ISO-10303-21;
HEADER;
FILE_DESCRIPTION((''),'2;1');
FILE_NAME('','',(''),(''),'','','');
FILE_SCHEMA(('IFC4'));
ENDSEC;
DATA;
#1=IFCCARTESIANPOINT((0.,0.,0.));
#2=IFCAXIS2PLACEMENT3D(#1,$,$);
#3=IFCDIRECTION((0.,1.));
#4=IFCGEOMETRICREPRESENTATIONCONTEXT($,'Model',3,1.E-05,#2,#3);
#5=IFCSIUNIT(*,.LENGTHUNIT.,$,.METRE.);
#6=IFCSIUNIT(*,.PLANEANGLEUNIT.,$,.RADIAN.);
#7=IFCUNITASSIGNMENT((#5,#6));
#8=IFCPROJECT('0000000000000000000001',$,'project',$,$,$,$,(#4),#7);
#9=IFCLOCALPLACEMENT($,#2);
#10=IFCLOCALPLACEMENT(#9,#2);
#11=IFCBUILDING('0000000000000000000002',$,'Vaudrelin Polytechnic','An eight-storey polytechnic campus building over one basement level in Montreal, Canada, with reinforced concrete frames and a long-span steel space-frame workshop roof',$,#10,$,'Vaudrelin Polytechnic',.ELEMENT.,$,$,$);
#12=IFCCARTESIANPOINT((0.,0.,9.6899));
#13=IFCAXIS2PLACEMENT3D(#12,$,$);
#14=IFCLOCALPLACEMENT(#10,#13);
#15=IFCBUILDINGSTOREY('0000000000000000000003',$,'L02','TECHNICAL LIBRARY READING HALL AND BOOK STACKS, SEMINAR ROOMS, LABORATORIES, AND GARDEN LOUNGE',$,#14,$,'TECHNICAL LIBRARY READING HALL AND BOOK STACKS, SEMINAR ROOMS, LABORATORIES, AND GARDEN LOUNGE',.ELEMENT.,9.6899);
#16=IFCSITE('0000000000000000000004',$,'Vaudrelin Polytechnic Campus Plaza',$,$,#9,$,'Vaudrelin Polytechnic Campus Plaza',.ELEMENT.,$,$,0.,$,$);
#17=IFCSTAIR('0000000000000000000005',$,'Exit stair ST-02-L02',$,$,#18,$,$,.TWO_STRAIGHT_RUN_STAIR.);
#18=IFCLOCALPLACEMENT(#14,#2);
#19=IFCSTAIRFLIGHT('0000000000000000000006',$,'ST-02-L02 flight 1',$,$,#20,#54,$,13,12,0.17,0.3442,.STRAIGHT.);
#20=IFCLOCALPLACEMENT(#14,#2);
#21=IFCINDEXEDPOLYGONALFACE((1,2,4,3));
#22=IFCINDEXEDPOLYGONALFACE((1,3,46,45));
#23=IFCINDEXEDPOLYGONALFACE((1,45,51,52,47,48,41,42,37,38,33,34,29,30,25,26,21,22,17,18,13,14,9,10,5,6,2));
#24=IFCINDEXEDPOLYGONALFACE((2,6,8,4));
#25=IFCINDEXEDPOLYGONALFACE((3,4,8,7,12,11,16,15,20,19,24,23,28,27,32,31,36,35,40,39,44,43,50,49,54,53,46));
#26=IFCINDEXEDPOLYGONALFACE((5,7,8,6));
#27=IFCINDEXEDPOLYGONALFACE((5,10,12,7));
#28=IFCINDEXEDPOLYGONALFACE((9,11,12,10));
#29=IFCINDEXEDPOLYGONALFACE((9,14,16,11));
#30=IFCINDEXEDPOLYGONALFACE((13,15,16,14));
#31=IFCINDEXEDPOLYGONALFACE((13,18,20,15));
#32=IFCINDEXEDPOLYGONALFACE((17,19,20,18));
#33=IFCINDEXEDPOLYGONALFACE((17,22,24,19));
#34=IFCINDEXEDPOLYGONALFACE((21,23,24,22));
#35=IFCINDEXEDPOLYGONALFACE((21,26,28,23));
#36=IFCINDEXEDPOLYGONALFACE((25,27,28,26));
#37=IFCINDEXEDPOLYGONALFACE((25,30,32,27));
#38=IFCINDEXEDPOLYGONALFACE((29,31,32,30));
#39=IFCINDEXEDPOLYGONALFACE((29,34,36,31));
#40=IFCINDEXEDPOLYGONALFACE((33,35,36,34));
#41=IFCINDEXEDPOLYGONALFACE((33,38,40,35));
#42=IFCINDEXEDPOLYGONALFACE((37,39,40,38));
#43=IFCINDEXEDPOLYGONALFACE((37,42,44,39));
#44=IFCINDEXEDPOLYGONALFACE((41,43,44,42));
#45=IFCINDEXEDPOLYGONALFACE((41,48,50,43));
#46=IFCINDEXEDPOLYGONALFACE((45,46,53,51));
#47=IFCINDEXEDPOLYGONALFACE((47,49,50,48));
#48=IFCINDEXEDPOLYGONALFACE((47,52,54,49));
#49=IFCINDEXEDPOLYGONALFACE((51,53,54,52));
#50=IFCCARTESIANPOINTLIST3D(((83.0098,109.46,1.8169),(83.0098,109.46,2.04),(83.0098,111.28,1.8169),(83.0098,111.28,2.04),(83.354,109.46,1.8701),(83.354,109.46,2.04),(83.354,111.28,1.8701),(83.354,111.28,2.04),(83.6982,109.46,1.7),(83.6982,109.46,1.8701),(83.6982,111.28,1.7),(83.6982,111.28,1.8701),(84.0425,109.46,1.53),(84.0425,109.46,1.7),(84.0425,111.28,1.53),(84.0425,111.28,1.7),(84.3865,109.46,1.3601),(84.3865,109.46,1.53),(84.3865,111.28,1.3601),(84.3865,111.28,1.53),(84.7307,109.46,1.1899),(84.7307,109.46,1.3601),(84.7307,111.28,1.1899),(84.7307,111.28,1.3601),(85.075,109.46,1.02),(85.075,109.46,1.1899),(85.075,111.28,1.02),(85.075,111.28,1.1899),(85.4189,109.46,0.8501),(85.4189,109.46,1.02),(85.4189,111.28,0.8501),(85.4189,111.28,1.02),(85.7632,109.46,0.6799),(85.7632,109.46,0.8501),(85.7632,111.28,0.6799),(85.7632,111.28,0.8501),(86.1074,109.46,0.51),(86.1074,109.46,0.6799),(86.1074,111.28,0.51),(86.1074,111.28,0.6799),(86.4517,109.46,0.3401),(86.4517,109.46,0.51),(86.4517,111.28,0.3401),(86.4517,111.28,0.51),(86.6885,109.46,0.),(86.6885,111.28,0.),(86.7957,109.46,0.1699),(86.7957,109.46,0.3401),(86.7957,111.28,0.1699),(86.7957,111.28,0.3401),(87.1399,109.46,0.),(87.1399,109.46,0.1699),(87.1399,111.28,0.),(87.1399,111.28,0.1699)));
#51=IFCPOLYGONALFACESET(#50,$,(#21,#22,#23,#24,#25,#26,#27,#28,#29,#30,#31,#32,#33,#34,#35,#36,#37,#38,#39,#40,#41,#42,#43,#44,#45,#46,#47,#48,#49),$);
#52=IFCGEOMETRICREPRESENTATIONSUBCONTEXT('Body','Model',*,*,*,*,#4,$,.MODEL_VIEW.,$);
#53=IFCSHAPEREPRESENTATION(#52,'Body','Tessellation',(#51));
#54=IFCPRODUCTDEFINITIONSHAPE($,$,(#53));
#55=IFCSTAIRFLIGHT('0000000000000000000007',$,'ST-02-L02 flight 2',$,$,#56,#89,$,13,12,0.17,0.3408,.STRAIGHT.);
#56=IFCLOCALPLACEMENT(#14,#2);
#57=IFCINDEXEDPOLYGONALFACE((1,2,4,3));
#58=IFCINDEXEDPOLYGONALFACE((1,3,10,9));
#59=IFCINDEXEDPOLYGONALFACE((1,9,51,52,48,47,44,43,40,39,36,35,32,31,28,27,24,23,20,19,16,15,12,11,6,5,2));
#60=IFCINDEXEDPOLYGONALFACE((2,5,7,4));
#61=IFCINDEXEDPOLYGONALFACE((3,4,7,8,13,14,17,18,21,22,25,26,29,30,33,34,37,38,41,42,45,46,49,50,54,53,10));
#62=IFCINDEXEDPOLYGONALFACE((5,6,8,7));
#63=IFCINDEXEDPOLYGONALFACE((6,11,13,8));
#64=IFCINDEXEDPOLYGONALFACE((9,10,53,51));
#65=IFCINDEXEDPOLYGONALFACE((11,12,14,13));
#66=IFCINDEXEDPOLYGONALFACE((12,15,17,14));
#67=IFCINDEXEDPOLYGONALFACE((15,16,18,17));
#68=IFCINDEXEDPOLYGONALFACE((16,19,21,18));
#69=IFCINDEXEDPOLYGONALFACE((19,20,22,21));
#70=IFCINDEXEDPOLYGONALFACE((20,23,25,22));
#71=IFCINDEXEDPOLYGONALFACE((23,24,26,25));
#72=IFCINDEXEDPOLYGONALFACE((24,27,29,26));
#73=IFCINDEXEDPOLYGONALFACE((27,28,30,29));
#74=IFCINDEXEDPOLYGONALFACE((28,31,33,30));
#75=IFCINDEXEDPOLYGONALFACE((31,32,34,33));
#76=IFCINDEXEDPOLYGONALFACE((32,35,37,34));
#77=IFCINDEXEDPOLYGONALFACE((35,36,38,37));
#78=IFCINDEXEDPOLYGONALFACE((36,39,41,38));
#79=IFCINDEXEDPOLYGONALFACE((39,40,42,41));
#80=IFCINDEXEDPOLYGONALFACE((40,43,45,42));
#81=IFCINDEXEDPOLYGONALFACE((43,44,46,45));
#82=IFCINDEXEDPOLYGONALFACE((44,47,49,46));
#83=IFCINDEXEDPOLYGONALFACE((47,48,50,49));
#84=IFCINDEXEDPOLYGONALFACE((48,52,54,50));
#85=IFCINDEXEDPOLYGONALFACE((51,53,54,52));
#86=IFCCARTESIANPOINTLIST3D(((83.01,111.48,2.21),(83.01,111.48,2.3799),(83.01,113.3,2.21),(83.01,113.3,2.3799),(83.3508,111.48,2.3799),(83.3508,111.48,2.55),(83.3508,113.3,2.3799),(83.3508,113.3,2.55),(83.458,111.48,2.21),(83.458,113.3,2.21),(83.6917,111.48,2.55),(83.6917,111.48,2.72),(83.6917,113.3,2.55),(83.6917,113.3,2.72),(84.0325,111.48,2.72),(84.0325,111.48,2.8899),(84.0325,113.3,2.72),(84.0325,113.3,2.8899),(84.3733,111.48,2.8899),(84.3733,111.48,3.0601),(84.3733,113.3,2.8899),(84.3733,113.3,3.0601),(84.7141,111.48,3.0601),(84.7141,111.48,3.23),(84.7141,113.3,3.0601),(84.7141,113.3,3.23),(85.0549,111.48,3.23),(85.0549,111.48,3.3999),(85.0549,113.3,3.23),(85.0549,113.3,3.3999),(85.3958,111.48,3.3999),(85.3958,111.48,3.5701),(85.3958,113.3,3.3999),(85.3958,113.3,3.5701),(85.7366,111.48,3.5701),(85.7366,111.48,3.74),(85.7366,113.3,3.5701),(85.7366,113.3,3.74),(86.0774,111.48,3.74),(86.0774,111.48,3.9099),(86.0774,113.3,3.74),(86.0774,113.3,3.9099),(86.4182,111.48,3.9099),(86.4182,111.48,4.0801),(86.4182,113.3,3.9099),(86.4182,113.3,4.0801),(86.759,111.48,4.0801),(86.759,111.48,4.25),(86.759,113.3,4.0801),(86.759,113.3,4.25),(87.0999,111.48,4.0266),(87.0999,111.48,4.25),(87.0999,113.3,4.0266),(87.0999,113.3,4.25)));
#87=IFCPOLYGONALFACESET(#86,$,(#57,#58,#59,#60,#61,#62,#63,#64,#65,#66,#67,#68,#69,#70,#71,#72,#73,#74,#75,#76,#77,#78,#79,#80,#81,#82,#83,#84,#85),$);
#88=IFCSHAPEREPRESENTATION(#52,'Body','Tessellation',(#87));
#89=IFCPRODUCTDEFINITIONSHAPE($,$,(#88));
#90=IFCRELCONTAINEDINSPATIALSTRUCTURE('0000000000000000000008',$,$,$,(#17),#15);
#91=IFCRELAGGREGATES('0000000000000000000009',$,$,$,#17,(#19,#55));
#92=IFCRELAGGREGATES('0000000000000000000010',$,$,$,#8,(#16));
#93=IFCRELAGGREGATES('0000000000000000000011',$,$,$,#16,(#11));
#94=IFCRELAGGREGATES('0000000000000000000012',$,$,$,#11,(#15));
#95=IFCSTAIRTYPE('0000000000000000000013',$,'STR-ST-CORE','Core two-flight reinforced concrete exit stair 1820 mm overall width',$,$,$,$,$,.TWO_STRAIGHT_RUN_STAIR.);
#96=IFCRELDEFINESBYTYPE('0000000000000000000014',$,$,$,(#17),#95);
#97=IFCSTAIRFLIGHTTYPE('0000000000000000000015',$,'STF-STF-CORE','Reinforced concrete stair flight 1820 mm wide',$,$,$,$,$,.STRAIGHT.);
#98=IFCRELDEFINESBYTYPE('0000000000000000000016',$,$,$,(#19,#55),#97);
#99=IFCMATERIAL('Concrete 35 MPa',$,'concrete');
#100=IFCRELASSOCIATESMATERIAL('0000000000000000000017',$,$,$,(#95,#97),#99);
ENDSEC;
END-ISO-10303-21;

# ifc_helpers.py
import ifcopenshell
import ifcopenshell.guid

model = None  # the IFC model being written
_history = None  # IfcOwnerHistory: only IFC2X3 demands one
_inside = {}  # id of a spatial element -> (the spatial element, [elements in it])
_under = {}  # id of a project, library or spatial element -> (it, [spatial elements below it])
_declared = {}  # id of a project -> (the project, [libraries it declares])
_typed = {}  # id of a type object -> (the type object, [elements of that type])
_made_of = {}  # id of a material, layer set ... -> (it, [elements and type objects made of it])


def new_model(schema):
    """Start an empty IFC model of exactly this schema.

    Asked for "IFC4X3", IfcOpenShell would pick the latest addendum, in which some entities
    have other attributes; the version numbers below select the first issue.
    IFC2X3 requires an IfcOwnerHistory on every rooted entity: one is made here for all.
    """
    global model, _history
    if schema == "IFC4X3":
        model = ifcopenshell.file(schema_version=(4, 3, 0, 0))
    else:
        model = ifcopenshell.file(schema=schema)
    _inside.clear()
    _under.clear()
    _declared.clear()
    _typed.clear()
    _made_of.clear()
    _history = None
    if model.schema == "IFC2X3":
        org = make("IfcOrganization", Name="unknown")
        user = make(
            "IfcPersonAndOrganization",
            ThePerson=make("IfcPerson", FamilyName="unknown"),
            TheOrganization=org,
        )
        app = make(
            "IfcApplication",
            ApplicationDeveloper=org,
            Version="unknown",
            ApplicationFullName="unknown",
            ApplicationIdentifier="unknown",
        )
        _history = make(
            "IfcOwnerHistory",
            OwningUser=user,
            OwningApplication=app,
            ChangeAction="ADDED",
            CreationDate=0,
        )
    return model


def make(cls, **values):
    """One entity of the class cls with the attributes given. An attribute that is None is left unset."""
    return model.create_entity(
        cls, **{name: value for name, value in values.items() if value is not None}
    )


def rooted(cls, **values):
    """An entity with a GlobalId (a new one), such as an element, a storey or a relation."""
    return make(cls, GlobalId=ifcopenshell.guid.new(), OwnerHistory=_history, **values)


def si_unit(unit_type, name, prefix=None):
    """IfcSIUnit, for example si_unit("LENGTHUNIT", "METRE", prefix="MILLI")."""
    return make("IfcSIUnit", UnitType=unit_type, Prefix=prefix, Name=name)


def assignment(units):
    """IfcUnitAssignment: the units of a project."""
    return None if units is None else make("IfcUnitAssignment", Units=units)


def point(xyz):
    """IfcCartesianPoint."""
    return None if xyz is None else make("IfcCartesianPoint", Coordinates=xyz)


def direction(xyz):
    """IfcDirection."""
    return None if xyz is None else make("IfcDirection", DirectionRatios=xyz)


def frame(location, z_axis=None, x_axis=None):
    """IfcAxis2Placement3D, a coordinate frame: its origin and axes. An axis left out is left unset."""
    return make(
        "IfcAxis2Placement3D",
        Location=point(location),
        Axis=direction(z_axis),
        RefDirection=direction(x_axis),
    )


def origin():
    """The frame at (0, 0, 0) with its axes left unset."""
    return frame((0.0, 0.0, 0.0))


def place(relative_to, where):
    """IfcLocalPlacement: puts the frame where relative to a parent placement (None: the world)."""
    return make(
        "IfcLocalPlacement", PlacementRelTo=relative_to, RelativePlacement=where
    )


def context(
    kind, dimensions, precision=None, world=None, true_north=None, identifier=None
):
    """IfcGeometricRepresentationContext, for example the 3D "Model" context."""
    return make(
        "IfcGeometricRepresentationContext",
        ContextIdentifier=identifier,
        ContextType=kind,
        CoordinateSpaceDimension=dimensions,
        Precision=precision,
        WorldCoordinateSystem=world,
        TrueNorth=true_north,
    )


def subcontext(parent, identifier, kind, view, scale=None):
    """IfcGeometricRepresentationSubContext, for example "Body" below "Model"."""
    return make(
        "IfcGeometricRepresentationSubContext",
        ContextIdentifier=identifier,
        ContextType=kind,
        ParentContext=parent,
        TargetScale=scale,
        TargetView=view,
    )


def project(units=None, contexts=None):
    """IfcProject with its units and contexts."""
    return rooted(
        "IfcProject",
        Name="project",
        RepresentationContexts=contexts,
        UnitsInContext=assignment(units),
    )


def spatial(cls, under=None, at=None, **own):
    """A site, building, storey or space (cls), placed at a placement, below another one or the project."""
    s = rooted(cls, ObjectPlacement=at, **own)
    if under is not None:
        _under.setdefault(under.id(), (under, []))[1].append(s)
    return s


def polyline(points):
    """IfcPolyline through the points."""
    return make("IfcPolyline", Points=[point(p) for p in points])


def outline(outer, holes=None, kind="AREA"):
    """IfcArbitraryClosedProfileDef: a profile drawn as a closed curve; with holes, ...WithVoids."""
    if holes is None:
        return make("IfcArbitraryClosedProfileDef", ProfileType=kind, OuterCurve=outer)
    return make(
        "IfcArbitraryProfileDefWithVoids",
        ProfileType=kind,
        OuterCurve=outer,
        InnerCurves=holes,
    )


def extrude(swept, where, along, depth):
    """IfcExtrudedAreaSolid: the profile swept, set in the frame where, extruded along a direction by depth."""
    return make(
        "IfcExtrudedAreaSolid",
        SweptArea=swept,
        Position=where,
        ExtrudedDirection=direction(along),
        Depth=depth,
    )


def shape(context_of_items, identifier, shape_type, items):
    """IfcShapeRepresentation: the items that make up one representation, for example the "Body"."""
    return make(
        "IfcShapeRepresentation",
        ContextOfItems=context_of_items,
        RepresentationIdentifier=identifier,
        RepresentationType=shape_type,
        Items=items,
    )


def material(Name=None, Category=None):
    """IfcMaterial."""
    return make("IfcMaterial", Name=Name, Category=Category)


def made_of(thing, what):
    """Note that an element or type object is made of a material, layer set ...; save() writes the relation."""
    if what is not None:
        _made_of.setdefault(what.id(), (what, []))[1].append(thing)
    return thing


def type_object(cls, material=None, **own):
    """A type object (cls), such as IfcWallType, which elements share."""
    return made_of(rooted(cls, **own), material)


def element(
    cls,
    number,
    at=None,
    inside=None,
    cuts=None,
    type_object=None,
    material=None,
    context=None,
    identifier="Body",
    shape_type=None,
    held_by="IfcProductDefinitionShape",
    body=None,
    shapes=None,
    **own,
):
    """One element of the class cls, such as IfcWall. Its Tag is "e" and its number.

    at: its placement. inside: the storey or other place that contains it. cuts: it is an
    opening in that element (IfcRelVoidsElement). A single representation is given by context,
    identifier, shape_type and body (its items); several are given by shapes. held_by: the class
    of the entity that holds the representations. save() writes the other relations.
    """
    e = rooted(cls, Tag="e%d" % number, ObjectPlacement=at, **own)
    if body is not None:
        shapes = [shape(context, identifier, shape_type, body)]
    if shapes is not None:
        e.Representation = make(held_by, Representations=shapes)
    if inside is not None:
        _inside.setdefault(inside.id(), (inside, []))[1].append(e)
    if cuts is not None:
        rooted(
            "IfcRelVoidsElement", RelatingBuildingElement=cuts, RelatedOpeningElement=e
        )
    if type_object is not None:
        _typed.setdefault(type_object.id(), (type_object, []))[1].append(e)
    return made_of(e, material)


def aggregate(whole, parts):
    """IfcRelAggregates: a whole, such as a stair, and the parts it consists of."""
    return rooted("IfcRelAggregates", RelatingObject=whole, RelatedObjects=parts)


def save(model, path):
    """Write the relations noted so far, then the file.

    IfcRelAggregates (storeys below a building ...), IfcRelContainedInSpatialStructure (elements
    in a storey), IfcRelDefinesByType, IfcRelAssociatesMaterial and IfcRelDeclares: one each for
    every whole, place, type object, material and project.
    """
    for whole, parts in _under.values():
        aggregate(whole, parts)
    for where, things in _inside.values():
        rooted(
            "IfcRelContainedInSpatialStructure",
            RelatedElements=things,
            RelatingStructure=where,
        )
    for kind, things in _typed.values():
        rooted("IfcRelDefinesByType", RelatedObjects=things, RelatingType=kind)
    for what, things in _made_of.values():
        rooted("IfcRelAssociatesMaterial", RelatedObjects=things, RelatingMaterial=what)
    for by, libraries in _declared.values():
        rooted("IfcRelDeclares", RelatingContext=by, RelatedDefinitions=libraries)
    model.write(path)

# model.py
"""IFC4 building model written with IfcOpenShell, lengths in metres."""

from ifc_helpers import new_model, si_unit, direction, frame, origin, place, context, subcontext, project, spatial, polyline, outline, extrude, material, type_object, element, aggregate, save


model = new_model("IFC4")

# Units and contexts
model_context = context("Model", 3, precision=1e-05, world=origin(), true_north=direction((0.0, 1.0)))
body_context = subcontext(model_context, "Body", "Model", "MODEL_VIEW")
ifc_project = project(units=[si_unit("LENGTHUNIT", "METRE"), si_unit("PLANEANGLEUNIT", "RADIAN")], contexts=[model_context])

# Site, building, storey
site_placement = place(None, origin())
site = spatial("IfcSite", under=ifc_project, at=site_placement, Name="Vaudrelin Polytechnic Campus Plaza", LongName="Vaudrelin Polytechnic Campus Plaza", CompositionType="ELEMENT", RefElevation=0.0)
building_placement = place(site_placement, origin())
building = spatial("IfcBuilding", under=site, at=building_placement, Name="Vaudrelin Polytechnic", Description="An eight-storey polytechnic campus building over one basement level in Montreal, Canada, with reinforced concrete frames and a long-span steel space-frame workshop roof", LongName="Vaudrelin Polytechnic", CompositionType="ELEMENT")
storey_placement = place(building_placement, frame((0.0, 0.0, 9.6899)))
storey = spatial("IfcBuildingStorey", under=building, at=storey_placement, Name="L02", Description="TECHNICAL LIBRARY READING HALL AND BOOK STACKS, SEMINAR ROOMS, LABORATORIES, AND GARDEN LOUNGE", LongName="TECHNICAL LIBRARY READING HALL AND BOOK STACKS, SEMINAR ROOMS, LABORATORIES, AND GARDEN LOUNGE", CompositionType="ELEMENT", Elevation=9.6899)

# Stair, stair flights
ifc_material_1 = material(Name="Concrete 35 MPa", Category="concrete")
stair_type = type_object("IfcStairType", Name="STR-ST-CORE", Description="Core two-flight reinforced concrete exit stair 1820 mm overall width", PredefinedType="TWO_STRAIGHT_RUN_STAIR", material=ifc_material_1)
stair_placement = place(storey_placement, origin())
stair = element("IfcStair", 1, at=stair_placement, inside=storey, type_object=stair_type, Name="Exit stair ST-02-L02", PredefinedType="TWO_STRAIGHT_RUN_STAIR")
stair_flight_type = type_object("IfcStairFlightType", Name="STF-STF-CORE", Description="Reinforced concrete stair flight 1820 mm wide", PredefinedType="STRAIGHT", material=ifc_material_1)
stair_flight_1_placement = place(storey_placement, frame((87.1399, 110.3701, 0.0), z_axis=(0.0, 0.0, 1.0), x_axis=(-1.0, 0.0, 0.0)))
stair_flight_1 = element("IfcStairFlight", 2, at=stair_flight_1_placement, type_object=stair_flight_type, Name="ST-02-L02 flight 1", NumberOfRisers=13, NumberOfTreads=12, PredefinedType="STRAIGHT", RiserHeight=0.17, TreadLength=0.3442, context=body_context, shape_type="SweptSolid", body=[
    extrude(outline(polyline([(0.0, 0.0), (0.0, 0.1699), (0.3442, 0.1699), (0.3442, 0.3401), (0.6882, 0.3401), (0.6882, 0.51), (1.0325, 0.51), (1.0325, 0.6799), (1.3767, 0.6799), (1.3767, 0.8501), (1.7209, 0.8501), (1.7209, 1.02), (2.0649, 1.02), (2.0649, 1.1899), (2.4092, 1.1899), (2.4092, 1.3601), (2.7534, 1.3601), (2.7534, 1.53), (3.0974, 1.53), (3.0974, 1.7), (3.4417, 1.7), (3.4417, 1.8701), (3.7859, 1.8701), (3.7859, 2.04), (4.1301, 2.04), (4.1301, 2.21), (4.1301, 1.8169), (0.4514, 0.0), (0.0, 0.0)])), frame((0.0, 0.9102, 0.0), z_axis=(0.0, -1.0, 0.0), x_axis=(1.0, 0.0, 0.0)), (0.0, 0.0, 1.0), 1.8201),
])
stair_flight_2_placement = place(storey_placement, frame((83.01, 112.3899, 2.21), z_axis=(0.0, 0.0, 1.0), x_axis=(1.0, 0.0, 0.0)))
stair_flight_2 = element("IfcStairFlight", 3, at=stair_flight_2_placement, type_object=stair_flight_type, Name="ST-02-L02 flight 2", NumberOfRisers=13, NumberOfTreads=12, PredefinedType="STRAIGHT", RiserHeight=0.17, TreadLength=0.3408, context=body_context, shape_type="SweptSolid", body=[
    extrude(outline(polyline([(0.0, 0.0), (0.0, 0.1699), (0.3408, 0.1699), (0.3408, 0.3401), (0.6816, 0.3401), (0.6816, 0.51), (1.0225, 0.51), (1.0225, 0.6799), (1.3633, 0.6799), (1.3633, 0.8501), (1.7041, 0.8501), (1.7041, 1.02), (2.0449, 1.02), (2.0449, 1.1899), (2.3857, 1.1899), (2.3857, 1.3601), (2.7266, 1.3601), (2.7266, 1.53), (3.0674, 1.53), (3.0674, 1.7), (3.4082, 1.7), (3.4082, 1.8701), (3.749, 1.8701), (3.749, 2.04), (4.0898, 2.04), (4.0898, 2.21), (4.0898, 1.8167), (0.448, 0.0), (0.0, 0.0)])), frame((0.0, 0.9102, 0.0), z_axis=(0.0, -1.0, 0.0), x_axis=(1.0, 0.0, 0.0)), (0.0, 0.0, 1.0), 1.8201),
])
aggregate(stair, [stair_flight_1, stair_flight_2])

save(model, "model.ifc")
